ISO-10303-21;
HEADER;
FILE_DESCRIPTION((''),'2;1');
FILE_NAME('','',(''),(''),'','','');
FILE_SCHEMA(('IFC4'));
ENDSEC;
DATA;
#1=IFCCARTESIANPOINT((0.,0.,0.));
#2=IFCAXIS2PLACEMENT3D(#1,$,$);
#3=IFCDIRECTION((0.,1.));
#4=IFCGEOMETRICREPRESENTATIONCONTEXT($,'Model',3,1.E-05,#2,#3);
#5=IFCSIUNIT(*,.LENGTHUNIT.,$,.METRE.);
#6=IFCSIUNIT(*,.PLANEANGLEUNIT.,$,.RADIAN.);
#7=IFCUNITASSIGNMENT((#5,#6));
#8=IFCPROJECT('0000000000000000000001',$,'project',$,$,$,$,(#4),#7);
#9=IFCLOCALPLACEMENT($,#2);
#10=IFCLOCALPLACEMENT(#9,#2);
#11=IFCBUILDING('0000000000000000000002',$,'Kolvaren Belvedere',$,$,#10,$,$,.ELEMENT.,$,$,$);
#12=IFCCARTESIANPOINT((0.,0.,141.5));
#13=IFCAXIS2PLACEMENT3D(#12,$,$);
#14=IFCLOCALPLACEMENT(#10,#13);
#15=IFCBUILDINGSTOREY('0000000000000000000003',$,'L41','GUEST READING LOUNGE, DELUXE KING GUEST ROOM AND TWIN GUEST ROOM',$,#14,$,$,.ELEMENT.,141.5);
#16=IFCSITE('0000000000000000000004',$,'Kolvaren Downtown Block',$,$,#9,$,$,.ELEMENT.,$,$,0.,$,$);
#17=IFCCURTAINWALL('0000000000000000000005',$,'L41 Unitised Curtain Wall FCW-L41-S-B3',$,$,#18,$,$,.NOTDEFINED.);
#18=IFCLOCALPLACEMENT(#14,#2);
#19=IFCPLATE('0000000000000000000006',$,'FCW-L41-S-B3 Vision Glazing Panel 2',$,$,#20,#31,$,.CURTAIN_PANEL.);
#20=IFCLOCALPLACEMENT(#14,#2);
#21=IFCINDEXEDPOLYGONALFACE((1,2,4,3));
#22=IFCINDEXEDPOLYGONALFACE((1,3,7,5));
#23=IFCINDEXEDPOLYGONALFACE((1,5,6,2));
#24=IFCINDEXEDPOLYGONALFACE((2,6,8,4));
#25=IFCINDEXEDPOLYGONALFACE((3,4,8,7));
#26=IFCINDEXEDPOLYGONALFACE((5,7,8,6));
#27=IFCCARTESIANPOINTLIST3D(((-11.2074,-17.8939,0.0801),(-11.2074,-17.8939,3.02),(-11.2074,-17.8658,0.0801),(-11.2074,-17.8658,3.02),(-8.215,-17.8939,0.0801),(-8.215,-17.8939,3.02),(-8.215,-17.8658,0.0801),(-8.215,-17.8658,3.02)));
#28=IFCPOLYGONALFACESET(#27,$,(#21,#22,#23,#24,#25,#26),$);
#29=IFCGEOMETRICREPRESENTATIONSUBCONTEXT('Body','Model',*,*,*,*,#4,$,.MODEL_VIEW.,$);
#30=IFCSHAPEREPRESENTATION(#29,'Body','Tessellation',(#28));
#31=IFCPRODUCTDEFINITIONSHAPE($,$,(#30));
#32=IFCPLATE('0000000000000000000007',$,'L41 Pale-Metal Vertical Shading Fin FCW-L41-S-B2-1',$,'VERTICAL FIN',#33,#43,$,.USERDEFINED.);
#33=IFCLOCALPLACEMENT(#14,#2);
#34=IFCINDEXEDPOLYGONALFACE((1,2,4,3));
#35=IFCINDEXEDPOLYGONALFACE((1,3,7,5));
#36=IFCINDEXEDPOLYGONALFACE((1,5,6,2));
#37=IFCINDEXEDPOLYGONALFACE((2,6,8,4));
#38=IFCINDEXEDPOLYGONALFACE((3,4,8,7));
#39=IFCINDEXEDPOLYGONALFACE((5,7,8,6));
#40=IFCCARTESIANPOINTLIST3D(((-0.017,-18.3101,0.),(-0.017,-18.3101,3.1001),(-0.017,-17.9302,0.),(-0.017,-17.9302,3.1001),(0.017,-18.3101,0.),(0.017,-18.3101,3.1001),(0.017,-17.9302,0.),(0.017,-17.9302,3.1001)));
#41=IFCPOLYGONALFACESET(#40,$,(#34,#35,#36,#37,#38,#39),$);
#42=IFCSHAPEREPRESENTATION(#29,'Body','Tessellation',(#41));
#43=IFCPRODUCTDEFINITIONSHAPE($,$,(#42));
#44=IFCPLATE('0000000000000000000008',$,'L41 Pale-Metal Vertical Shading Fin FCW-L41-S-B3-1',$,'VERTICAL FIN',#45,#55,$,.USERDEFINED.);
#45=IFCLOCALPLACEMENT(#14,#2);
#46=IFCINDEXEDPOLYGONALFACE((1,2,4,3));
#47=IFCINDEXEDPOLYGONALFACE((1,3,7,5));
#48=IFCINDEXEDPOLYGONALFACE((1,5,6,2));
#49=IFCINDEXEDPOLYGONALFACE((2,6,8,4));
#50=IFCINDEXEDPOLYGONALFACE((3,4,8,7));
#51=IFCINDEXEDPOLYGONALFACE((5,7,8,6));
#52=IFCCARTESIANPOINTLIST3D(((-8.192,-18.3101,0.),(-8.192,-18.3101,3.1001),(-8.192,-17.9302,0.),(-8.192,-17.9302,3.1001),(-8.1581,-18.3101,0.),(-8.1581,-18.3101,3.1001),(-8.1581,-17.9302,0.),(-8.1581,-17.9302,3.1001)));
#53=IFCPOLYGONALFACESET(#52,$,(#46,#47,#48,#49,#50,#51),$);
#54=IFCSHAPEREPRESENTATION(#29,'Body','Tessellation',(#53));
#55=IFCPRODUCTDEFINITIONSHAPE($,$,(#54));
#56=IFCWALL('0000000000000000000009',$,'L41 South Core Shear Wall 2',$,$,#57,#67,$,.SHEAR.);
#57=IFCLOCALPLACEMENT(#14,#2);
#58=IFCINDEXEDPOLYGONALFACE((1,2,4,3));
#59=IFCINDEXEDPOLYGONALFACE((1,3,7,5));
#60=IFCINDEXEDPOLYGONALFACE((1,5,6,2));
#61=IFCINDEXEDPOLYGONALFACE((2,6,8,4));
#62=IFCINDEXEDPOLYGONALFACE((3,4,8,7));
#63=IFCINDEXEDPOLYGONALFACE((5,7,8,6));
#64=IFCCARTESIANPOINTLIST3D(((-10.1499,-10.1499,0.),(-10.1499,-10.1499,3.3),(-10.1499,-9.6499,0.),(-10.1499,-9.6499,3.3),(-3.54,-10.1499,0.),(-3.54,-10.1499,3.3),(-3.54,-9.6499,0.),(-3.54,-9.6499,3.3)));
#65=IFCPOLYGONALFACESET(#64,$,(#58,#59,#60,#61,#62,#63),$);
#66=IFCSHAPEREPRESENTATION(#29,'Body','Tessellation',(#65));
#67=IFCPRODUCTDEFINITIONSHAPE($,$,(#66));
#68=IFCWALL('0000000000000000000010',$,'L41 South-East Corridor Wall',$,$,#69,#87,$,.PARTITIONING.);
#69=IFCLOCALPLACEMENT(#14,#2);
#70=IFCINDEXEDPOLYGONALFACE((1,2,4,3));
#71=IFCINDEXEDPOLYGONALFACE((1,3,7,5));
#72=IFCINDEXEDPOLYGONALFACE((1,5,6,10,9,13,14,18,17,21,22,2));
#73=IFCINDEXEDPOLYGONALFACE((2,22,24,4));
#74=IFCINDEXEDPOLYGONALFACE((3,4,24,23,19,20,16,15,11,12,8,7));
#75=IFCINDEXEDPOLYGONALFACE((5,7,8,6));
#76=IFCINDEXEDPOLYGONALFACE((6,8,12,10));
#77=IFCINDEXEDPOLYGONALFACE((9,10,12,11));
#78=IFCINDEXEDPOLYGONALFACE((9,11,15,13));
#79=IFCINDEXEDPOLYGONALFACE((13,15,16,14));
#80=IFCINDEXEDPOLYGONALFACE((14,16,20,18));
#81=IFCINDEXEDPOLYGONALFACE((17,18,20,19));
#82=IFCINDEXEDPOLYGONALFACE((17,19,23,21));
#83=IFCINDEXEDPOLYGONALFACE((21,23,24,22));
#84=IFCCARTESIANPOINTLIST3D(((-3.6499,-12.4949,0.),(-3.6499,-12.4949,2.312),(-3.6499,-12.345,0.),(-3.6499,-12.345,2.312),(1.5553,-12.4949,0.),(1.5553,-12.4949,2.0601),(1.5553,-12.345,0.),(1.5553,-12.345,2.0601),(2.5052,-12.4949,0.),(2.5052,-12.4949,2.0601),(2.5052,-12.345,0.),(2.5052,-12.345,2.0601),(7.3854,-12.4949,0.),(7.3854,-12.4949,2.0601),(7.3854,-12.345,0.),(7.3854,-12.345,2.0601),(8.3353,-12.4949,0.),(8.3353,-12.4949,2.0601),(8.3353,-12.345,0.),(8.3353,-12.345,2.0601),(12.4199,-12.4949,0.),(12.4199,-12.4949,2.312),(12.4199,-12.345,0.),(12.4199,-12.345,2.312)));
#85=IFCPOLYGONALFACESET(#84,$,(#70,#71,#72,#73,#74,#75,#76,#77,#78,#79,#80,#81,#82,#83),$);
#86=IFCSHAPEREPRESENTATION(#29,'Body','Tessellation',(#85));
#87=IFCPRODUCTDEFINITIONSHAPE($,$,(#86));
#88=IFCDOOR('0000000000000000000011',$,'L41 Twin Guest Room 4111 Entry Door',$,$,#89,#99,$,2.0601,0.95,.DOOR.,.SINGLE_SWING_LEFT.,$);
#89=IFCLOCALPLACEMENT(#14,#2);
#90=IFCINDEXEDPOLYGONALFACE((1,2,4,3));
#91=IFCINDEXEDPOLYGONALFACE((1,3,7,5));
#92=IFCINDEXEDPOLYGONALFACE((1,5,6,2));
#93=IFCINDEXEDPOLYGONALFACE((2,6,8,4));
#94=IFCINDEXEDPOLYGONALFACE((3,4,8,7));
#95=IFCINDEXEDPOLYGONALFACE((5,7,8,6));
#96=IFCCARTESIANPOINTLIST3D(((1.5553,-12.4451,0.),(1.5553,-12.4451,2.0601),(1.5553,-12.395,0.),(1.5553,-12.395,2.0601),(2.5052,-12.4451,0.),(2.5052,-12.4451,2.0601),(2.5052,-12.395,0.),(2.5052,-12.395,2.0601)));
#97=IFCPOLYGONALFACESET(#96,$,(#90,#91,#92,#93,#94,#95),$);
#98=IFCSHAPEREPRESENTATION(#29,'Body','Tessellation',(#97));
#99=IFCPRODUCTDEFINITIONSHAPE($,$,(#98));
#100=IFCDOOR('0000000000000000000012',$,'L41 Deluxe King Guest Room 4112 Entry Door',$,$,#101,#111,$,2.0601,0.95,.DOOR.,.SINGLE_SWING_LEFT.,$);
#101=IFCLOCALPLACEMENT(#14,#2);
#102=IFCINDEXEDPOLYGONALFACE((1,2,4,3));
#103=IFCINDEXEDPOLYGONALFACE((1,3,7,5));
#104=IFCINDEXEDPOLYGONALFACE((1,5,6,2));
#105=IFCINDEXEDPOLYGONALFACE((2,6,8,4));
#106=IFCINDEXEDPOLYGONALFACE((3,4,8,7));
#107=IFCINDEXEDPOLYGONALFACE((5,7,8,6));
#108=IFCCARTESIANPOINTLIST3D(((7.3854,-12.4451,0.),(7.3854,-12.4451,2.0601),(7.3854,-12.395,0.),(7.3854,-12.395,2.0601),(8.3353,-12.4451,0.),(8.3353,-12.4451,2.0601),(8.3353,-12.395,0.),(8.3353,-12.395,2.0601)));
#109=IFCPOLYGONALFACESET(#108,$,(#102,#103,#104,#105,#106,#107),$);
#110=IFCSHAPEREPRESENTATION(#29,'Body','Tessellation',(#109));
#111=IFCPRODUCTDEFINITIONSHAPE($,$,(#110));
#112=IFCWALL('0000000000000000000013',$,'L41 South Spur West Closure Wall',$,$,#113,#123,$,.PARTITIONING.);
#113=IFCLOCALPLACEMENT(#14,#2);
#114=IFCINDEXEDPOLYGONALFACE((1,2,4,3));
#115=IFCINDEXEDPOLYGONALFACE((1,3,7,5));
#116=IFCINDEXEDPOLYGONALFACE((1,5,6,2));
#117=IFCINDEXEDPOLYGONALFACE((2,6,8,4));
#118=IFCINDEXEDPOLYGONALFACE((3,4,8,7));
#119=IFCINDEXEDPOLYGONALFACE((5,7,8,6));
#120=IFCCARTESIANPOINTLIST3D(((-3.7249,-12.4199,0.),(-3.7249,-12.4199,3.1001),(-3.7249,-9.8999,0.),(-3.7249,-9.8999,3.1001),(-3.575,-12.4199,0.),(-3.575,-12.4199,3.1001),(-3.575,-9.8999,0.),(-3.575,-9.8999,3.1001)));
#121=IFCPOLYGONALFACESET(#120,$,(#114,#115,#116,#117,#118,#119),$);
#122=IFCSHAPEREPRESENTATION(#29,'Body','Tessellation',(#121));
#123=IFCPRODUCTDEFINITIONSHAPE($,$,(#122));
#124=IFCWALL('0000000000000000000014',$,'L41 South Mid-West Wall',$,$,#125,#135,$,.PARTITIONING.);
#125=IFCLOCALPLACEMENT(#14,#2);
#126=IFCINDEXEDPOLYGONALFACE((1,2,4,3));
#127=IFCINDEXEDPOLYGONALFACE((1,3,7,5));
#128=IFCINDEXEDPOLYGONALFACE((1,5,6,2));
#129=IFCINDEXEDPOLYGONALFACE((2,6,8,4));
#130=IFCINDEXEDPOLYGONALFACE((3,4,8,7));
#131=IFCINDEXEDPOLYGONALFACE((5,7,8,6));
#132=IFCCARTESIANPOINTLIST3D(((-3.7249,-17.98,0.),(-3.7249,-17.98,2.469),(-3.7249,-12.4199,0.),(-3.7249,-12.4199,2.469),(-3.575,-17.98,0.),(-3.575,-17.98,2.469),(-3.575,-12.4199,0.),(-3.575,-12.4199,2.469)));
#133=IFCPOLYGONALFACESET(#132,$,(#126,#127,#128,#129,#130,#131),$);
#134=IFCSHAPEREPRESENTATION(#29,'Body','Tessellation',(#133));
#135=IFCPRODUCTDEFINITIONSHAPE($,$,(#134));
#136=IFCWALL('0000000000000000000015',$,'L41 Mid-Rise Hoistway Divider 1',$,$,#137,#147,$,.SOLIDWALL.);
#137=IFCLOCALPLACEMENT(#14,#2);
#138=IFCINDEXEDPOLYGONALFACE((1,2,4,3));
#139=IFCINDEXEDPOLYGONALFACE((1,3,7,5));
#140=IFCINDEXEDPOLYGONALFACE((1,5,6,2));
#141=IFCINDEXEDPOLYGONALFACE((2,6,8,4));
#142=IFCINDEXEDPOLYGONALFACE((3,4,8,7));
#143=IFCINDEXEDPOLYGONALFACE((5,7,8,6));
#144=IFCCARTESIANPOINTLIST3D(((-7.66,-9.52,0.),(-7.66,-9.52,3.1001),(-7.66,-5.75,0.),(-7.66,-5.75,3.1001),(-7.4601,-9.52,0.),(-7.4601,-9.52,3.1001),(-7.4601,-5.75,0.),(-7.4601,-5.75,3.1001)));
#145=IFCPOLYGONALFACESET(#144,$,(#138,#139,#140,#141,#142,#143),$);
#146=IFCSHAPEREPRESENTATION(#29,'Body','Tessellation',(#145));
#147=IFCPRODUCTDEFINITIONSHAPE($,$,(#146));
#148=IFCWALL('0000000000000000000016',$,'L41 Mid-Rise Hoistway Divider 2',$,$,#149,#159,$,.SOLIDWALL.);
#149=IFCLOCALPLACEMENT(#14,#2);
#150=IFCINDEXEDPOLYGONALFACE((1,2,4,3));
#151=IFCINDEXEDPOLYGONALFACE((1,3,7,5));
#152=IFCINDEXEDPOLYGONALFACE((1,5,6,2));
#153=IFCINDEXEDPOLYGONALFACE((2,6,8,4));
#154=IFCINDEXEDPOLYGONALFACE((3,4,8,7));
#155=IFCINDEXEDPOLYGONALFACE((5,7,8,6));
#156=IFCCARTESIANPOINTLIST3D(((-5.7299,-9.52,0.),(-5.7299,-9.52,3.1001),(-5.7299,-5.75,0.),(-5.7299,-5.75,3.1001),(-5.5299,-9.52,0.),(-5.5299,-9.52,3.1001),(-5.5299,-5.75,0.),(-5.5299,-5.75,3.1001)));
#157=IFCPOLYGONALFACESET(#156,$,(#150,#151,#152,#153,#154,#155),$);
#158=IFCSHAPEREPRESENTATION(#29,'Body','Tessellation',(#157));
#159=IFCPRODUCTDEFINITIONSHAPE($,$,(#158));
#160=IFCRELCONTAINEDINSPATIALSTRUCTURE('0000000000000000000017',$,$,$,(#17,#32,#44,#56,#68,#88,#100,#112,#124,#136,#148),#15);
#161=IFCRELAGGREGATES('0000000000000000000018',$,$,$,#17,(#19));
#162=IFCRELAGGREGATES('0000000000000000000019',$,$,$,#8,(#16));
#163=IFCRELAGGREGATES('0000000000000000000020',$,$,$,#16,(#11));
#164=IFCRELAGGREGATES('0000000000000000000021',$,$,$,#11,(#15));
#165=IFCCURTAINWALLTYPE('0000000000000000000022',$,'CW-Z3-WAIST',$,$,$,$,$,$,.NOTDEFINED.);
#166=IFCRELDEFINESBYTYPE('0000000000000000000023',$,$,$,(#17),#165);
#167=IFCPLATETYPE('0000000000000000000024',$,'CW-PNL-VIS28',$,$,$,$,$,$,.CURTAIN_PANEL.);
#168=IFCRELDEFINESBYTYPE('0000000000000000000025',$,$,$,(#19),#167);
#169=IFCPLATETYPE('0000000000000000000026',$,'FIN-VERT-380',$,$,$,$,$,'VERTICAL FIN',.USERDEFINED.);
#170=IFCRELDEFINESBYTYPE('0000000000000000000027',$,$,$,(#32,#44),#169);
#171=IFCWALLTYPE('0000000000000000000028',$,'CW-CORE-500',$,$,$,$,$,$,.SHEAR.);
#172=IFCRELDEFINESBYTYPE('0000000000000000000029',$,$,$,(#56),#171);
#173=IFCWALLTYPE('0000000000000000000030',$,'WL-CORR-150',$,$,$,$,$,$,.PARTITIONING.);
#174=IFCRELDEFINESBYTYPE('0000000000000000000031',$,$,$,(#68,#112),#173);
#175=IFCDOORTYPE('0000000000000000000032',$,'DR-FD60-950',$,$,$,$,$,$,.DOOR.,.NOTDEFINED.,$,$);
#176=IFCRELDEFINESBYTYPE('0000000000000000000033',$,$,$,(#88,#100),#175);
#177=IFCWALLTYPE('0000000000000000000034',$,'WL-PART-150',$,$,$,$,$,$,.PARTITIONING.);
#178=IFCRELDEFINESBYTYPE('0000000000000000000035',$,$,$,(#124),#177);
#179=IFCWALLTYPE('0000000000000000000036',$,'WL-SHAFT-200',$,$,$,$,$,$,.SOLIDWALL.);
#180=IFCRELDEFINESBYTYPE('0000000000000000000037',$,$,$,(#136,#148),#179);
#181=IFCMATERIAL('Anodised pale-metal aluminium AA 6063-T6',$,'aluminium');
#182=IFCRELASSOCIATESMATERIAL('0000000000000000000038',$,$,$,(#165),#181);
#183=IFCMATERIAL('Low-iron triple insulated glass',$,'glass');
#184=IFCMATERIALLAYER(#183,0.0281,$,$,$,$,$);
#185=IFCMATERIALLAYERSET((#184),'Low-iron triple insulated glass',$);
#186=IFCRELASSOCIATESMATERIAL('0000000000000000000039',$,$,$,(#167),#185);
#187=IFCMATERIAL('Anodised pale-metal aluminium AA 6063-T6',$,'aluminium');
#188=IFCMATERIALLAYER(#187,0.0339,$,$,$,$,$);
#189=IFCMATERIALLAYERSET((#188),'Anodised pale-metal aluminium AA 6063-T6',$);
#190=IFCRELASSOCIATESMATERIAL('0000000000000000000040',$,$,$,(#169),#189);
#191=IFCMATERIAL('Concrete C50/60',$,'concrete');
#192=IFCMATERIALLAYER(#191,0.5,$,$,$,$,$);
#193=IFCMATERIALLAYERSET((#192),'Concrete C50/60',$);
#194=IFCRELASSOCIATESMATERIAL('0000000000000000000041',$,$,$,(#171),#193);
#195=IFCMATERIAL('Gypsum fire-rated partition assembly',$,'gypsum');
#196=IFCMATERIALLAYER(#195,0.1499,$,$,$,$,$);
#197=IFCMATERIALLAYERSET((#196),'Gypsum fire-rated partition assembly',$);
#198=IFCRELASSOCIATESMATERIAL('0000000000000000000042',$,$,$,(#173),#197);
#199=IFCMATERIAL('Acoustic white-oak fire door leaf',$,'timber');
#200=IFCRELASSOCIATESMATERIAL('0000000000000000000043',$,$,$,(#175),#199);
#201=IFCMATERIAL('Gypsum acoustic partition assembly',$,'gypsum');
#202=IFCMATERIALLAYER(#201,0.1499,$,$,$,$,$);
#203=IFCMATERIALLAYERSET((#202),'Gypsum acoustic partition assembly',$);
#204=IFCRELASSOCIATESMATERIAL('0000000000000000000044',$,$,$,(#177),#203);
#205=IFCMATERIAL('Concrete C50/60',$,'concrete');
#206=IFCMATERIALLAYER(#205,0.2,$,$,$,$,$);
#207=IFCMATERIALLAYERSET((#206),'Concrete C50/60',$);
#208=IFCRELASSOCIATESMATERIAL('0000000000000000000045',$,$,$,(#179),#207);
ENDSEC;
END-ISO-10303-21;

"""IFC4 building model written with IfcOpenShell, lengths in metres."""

from ifc_helpers import new_model, si_unit, direction, frame, frame_2d, origin, origin_2d, place, context, subcontext, project, spatial, rectangle, extrude, material, layer, layer_set, type_object, element, fill, aggregate, save


model = new_model("IFC4")

# Units and contexts
model_context = context("Model", 3, precision=1e-05, world=origin(), true_north=direction((0.0, 1.0)))
body_context = subcontext(model_context, "Body", "Model", "MODEL_VIEW")
ifc_project = project(units=[si_unit("LENGTHUNIT", "METRE"), si_unit("PLANEANGLEUNIT", "RADIAN")], contexts=[model_context])

# Site, building, storey
site_placement = place(None, origin())
site = spatial("IfcSite", under=ifc_project, at=site_placement, Name="Kolvaren Downtown Block", CompositionType="ELEMENT", RefElevation=0.0)
building_placement = place(site_placement, origin())
building = spatial("IfcBuilding", under=site, at=building_placement, Name="Kolvaren Belvedere", CompositionType="ELEMENT")
storey_placement = place(building_placement, frame((0.0, 0.0, 141.5)))
storey = spatial("IfcBuildingStorey", under=building, at=storey_placement, Name="L41", Description="GUEST READING LOUNGE, DELUXE KING GUEST ROOM AND TWIN GUEST ROOM", CompositionType="ELEMENT", Elevation=141.5)

# Curtain wall
ifc_material_1 = material(Name="Anodised pale-metal aluminium AA 6063-T6", Category="aluminium")
curtain_wall_type = type_object("IfcCurtainWallType", Name="CW-Z3-WAIST", PredefinedType="NOTDEFINED", material=ifc_material_1)
curtain_wall_1_placement = place(storey_placement, origin())
curtain_wall_1 = element("IfcCurtainWall", 1, at=curtain_wall_1_placement, inside=storey, type_object=curtain_wall_type, Name="L41 Unitised Curtain Wall FCW-L41-S-B3", PredefinedType="NOTDEFINED")

# Plate
ifc_material_2 = material(Name="Low-iron triple insulated glass", Category="glass")
ifc_layer_1 = layer(ifc_material_2, 0.0281)
ifc_layer_set_1 = layer_set([ifc_layer_1], Name="Low-iron triple insulated glass")
plate_type_1 = type_object("IfcPlateType", Name="CW-PNL-VIS28", PredefinedType="CURTAIN_PANEL", material=ifc_layer_set_1)
plate_1_placement = place(storey_placement, frame((-9.7112, -17.8799, 0.0801), z_axis=(0.0, 0.0, 1.0), x_axis=(-1.0, 0.0, 0.0)))
plate_1 = element("IfcPlate", 2, at=plate_1_placement, type_object=plate_type_1, Name="FCW-L41-S-B3 Vision Glazing Panel 2", PredefinedType="CURTAIN_PANEL", context=body_context, shape_type="SweptSolid", body=[
    extrude(rectangle(XDim=2.9924, YDim=0.0281, at=origin_2d()), origin(), (0.0, 0.0, 1.0), 2.9399),
])
aggregate(curtain_wall_1, [plate_1])

# Plates
ifc_material_3 = material(Name="Anodised pale-metal aluminium AA 6063-T6", Category="aluminium")
ifc_layer_2 = layer(ifc_material_3, 0.0339)
ifc_layer_set_2 = layer_set([ifc_layer_2], Name="Anodised pale-metal aluminium AA 6063-T6")
plate_type_2 = type_object("IfcPlateType", Name="FIN-VERT-380", ElementType="VERTICAL FIN", PredefinedType="USERDEFINED", material=ifc_layer_set_2)
for number, where, z_axis, x_axis, name in (
    (3, (0.0, -18.1201, 0.0), (0.0, 0.0, 1.0), (0.0, 1.0, 0.0), "L41 Pale-Metal Vertical Shading Fin FCW-L41-S-B2-1"),
    (4, (-8.175, -18.1201, 0.0), (0.0, 0.0, 1.0), (0.0, 1.0, 0.0), "L41 Pale-Metal Vertical Shading Fin FCW-L41-S-B3-1"),
):
    element("IfcPlate", number, at=place(storey_placement, frame(where, z_axis=z_axis, x_axis=x_axis)), inside=storey, type_object=plate_type_2, Name=name, ObjectType="VERTICAL FIN", PredefinedType="USERDEFINED", context=body_context, shape_type="SweptSolid", body=[
        extrude(rectangle(XDim=0.3799, YDim=0.0339, at=origin_2d()), origin(), (0.0, 0.0, 1.0), 3.1001),
    ])

# Wall
ifc_material_4 = material(Name="Concrete C50/60", Category="concrete")
ifc_layer_3 = layer(ifc_material_4, 0.5)
ifc_layer_set_3 = layer_set([ifc_layer_3], Name="Concrete C50/60")
wall_type_1 = type_object("IfcWallType", Name="CW-CORE-500", PredefinedType="SHEAR", material=ifc_layer_set_3)
wall_1_placement = place(storey_placement, frame((-3.54, -9.8999, 0.0), z_axis=(0.0, 0.0, 1.0), x_axis=(-1.0, 0.0, 0.0)))
element("IfcWall", 5, at=wall_1_placement, inside=storey, type_object=wall_type_1, Name="L41 South Core Shear Wall 2", PredefinedType="SHEAR", context=body_context, shape_type="SweptSolid", body=[
    extrude(rectangle(XDim=6.6099, YDim=0.5, at=frame_2d((3.3049, 0.0))), origin(), (0.0, 0.0, 1.0), 3.3),
])

# Wall, openings, doors
ifc_material_5 = material(Name="Gypsum fire-rated partition assembly", Category="gypsum")
ifc_layer_4 = layer(ifc_material_5, 0.1499)
ifc_layer_set_4 = layer_set([ifc_layer_4], Name="Gypsum fire-rated partition assembly")
wall_type_2 = type_object("IfcWallType", Name="WL-CORR-150", PredefinedType="PARTITIONING", material=ifc_layer_set_4)
wall_2_placement = place(storey_placement, frame((-3.6499, -12.4199, 0.0), z_axis=(0.0, 0.0, 1.0), x_axis=(1.0, 0.0, 0.0)))
wall_2 = element("IfcWall", 6, at=wall_2_placement, inside=storey, type_object=wall_type_2, Name="L41 South-East Corridor Wall", PredefinedType="PARTITIONING", context=body_context, shape_type="SweptSolid", body=[
    extrude(rectangle(XDim=16.0698, YDim=0.1499, at=frame_2d((8.0349, 0.0))), origin(), (0.0, 0.0, 1.0), 2.312),
])
opening_1_placement = place(wall_2_placement, frame((5.2051, 0.0, 0.0)))
opening_1 = element("IfcOpeningElement", 7, at=opening_1_placement, cuts=wall_2, PredefinedType="OPENING", context=body_context, shape_type="SweptSolid", body=[
    extrude(rectangle(XDim=0.95, YDim=2.0601, at=frame_2d((0.4751, 1.03))), frame((0.0, 0.085, 0.0), z_axis=(0.0, -1.0, 0.0), x_axis=(1.0, 0.0, 0.0)), (0.0, 0.0, 1.0), 0.1699),
])
opening_2_placement = place(wall_2_placement, frame((11.0352, 0.0, 0.0)))
opening_2 = element("IfcOpeningElement", 8, at=opening_2_placement, cuts=wall_2, PredefinedType="OPENING", context=body_context, shape_type="SweptSolid", body=[
    extrude(rectangle(XDim=0.95, YDim=2.0601, at=frame_2d((0.4751, 1.03))), frame((0.0, 0.085, 0.0), z_axis=(0.0, -1.0, 0.0), x_axis=(1.0, 0.0, 0.0)), (0.0, 0.0, 1.0), 0.1699),
])
ifc_material_6 = material(Name="Acoustic white-oak fire door leaf", Category="timber")
door_type = type_object("IfcDoorType", Name="DR-FD60-950", OperationType="NOTDEFINED", PredefinedType="DOOR", material=ifc_material_6)
door_1_placement = place(opening_1_placement, origin())
door_1 = element("IfcDoor", 9, at=door_1_placement, inside=storey, type_object=door_type, Name="L41 Twin Guest Room 4111 Entry Door", OperationType="SINGLE_SWING_LEFT", OverallHeight=2.0601, OverallWidth=0.95, PredefinedType="DOOR", context=body_context, shape_type="SweptSolid", body=[
    extrude(rectangle(XDim=0.95, YDim=2.0601, at=frame_2d((0.4751, 1.03))), frame((0.0, 0.0249, 0.0), z_axis=(0.0, -1.0, 0.0), x_axis=(1.0, 0.0, 0.0)), (0.0, 0.0, 1.0), 0.05),
])
fill(opening_1, door_1)
door_2_placement = place(opening_2_placement, origin())
door_2 = element("IfcDoor", 10, at=door_2_placement, inside=storey, type_object=door_type, Name="L41 Deluxe King Guest Room 4112 Entry Door", OperationType="SINGLE_SWING_LEFT", OverallHeight=2.0601, OverallWidth=0.95, PredefinedType="DOOR", context=body_context, shape_type="SweptSolid", body=[
    extrude(rectangle(XDim=0.95, YDim=2.0601, at=frame_2d((0.4751, 1.03))), frame((0.0, 0.0249, 0.0), z_axis=(0.0, -1.0, 0.0), x_axis=(1.0, 0.0, 0.0)), (0.0, 0.0, 1.0), 0.05),
])
fill(opening_2, door_2)

# Walls
wall_3_placement = place(storey_placement, frame((-3.6499, -12.4199, 0.0), z_axis=(0.0, 0.0, 1.0), x_axis=(0.0, 1.0, 0.0)))
element("IfcWall", 11, at=wall_3_placement, inside=storey, type_object=wall_type_2, Name="L41 South Spur West Closure Wall", PredefinedType="PARTITIONING", context=body_context, shape_type="SweptSolid", body=[
    extrude(rectangle(XDim=2.52, YDim=0.1499, at=frame_2d((1.26, 0.0))), origin(), (0.0, 0.0, 1.0), 3.1001),
])
ifc_material_7 = material(Name="Gypsum acoustic partition assembly", Category="gypsum")
ifc_layer_5 = layer(ifc_material_7, 0.1499)
ifc_layer_set_5 = layer_set([ifc_layer_5], Name="Gypsum acoustic partition assembly")
wall_type_3 = type_object("IfcWallType", Name="WL-PART-150", PredefinedType="PARTITIONING", material=ifc_layer_set_5)
wall_4_placement = place(storey_placement, frame((-3.6499, -17.98, 0.0), z_axis=(0.0, 0.0, 1.0), x_axis=(0.0, 1.0, 0.0)))
element("IfcWall", 12, at=wall_4_placement, inside=storey, type_object=wall_type_3, Name="L41 South Mid-West Wall", PredefinedType="PARTITIONING", context=body_context, shape_type="SweptSolid", body=[
    extrude(rectangle(XDim=5.5601, YDim=0.1499, at=frame_2d((2.78, 0.0))), origin(), (0.0, 0.0, 1.0), 2.469),
])
ifc_material_8 = material(Name="Concrete C50/60", Category="concrete")
ifc_layer_6 = layer(ifc_material_8, 0.2)
ifc_layer_set_6 = layer_set([ifc_layer_6], Name="Concrete C50/60")
wall_type_4 = type_object("IfcWallType", Name="WL-SHAFT-200", PredefinedType="SOLIDWALL", material=ifc_layer_set_6)
for number, where, z_axis, x_axis, name in (
    (13, (-7.5601, -9.52, 0.0), (0.0, 0.0, 1.0), (0.0, 1.0, 0.0), "L41 Mid-Rise Hoistway Divider 1"),
    (14, (-5.6299, -9.52, 0.0), (0.0, 0.0, 1.0), (0.0, 1.0, 0.0), "L41 Mid-Rise Hoistway Divider 2"),
):
    element("IfcWall", number, at=place(storey_placement, frame(where, z_axis=z_axis, x_axis=x_axis)), inside=storey, type_object=wall_type_4, Name=name, PredefinedType="SOLIDWALL", context=body_context, shape_type="SweptSolid", body=[
        extrude(rectangle(XDim=3.77, YDim=0.2, at=frame_2d((1.885, 0.0))), origin(), (0.0, 0.0, 1.0), 3.1001),
    ])

save(model, "model.ifc")
